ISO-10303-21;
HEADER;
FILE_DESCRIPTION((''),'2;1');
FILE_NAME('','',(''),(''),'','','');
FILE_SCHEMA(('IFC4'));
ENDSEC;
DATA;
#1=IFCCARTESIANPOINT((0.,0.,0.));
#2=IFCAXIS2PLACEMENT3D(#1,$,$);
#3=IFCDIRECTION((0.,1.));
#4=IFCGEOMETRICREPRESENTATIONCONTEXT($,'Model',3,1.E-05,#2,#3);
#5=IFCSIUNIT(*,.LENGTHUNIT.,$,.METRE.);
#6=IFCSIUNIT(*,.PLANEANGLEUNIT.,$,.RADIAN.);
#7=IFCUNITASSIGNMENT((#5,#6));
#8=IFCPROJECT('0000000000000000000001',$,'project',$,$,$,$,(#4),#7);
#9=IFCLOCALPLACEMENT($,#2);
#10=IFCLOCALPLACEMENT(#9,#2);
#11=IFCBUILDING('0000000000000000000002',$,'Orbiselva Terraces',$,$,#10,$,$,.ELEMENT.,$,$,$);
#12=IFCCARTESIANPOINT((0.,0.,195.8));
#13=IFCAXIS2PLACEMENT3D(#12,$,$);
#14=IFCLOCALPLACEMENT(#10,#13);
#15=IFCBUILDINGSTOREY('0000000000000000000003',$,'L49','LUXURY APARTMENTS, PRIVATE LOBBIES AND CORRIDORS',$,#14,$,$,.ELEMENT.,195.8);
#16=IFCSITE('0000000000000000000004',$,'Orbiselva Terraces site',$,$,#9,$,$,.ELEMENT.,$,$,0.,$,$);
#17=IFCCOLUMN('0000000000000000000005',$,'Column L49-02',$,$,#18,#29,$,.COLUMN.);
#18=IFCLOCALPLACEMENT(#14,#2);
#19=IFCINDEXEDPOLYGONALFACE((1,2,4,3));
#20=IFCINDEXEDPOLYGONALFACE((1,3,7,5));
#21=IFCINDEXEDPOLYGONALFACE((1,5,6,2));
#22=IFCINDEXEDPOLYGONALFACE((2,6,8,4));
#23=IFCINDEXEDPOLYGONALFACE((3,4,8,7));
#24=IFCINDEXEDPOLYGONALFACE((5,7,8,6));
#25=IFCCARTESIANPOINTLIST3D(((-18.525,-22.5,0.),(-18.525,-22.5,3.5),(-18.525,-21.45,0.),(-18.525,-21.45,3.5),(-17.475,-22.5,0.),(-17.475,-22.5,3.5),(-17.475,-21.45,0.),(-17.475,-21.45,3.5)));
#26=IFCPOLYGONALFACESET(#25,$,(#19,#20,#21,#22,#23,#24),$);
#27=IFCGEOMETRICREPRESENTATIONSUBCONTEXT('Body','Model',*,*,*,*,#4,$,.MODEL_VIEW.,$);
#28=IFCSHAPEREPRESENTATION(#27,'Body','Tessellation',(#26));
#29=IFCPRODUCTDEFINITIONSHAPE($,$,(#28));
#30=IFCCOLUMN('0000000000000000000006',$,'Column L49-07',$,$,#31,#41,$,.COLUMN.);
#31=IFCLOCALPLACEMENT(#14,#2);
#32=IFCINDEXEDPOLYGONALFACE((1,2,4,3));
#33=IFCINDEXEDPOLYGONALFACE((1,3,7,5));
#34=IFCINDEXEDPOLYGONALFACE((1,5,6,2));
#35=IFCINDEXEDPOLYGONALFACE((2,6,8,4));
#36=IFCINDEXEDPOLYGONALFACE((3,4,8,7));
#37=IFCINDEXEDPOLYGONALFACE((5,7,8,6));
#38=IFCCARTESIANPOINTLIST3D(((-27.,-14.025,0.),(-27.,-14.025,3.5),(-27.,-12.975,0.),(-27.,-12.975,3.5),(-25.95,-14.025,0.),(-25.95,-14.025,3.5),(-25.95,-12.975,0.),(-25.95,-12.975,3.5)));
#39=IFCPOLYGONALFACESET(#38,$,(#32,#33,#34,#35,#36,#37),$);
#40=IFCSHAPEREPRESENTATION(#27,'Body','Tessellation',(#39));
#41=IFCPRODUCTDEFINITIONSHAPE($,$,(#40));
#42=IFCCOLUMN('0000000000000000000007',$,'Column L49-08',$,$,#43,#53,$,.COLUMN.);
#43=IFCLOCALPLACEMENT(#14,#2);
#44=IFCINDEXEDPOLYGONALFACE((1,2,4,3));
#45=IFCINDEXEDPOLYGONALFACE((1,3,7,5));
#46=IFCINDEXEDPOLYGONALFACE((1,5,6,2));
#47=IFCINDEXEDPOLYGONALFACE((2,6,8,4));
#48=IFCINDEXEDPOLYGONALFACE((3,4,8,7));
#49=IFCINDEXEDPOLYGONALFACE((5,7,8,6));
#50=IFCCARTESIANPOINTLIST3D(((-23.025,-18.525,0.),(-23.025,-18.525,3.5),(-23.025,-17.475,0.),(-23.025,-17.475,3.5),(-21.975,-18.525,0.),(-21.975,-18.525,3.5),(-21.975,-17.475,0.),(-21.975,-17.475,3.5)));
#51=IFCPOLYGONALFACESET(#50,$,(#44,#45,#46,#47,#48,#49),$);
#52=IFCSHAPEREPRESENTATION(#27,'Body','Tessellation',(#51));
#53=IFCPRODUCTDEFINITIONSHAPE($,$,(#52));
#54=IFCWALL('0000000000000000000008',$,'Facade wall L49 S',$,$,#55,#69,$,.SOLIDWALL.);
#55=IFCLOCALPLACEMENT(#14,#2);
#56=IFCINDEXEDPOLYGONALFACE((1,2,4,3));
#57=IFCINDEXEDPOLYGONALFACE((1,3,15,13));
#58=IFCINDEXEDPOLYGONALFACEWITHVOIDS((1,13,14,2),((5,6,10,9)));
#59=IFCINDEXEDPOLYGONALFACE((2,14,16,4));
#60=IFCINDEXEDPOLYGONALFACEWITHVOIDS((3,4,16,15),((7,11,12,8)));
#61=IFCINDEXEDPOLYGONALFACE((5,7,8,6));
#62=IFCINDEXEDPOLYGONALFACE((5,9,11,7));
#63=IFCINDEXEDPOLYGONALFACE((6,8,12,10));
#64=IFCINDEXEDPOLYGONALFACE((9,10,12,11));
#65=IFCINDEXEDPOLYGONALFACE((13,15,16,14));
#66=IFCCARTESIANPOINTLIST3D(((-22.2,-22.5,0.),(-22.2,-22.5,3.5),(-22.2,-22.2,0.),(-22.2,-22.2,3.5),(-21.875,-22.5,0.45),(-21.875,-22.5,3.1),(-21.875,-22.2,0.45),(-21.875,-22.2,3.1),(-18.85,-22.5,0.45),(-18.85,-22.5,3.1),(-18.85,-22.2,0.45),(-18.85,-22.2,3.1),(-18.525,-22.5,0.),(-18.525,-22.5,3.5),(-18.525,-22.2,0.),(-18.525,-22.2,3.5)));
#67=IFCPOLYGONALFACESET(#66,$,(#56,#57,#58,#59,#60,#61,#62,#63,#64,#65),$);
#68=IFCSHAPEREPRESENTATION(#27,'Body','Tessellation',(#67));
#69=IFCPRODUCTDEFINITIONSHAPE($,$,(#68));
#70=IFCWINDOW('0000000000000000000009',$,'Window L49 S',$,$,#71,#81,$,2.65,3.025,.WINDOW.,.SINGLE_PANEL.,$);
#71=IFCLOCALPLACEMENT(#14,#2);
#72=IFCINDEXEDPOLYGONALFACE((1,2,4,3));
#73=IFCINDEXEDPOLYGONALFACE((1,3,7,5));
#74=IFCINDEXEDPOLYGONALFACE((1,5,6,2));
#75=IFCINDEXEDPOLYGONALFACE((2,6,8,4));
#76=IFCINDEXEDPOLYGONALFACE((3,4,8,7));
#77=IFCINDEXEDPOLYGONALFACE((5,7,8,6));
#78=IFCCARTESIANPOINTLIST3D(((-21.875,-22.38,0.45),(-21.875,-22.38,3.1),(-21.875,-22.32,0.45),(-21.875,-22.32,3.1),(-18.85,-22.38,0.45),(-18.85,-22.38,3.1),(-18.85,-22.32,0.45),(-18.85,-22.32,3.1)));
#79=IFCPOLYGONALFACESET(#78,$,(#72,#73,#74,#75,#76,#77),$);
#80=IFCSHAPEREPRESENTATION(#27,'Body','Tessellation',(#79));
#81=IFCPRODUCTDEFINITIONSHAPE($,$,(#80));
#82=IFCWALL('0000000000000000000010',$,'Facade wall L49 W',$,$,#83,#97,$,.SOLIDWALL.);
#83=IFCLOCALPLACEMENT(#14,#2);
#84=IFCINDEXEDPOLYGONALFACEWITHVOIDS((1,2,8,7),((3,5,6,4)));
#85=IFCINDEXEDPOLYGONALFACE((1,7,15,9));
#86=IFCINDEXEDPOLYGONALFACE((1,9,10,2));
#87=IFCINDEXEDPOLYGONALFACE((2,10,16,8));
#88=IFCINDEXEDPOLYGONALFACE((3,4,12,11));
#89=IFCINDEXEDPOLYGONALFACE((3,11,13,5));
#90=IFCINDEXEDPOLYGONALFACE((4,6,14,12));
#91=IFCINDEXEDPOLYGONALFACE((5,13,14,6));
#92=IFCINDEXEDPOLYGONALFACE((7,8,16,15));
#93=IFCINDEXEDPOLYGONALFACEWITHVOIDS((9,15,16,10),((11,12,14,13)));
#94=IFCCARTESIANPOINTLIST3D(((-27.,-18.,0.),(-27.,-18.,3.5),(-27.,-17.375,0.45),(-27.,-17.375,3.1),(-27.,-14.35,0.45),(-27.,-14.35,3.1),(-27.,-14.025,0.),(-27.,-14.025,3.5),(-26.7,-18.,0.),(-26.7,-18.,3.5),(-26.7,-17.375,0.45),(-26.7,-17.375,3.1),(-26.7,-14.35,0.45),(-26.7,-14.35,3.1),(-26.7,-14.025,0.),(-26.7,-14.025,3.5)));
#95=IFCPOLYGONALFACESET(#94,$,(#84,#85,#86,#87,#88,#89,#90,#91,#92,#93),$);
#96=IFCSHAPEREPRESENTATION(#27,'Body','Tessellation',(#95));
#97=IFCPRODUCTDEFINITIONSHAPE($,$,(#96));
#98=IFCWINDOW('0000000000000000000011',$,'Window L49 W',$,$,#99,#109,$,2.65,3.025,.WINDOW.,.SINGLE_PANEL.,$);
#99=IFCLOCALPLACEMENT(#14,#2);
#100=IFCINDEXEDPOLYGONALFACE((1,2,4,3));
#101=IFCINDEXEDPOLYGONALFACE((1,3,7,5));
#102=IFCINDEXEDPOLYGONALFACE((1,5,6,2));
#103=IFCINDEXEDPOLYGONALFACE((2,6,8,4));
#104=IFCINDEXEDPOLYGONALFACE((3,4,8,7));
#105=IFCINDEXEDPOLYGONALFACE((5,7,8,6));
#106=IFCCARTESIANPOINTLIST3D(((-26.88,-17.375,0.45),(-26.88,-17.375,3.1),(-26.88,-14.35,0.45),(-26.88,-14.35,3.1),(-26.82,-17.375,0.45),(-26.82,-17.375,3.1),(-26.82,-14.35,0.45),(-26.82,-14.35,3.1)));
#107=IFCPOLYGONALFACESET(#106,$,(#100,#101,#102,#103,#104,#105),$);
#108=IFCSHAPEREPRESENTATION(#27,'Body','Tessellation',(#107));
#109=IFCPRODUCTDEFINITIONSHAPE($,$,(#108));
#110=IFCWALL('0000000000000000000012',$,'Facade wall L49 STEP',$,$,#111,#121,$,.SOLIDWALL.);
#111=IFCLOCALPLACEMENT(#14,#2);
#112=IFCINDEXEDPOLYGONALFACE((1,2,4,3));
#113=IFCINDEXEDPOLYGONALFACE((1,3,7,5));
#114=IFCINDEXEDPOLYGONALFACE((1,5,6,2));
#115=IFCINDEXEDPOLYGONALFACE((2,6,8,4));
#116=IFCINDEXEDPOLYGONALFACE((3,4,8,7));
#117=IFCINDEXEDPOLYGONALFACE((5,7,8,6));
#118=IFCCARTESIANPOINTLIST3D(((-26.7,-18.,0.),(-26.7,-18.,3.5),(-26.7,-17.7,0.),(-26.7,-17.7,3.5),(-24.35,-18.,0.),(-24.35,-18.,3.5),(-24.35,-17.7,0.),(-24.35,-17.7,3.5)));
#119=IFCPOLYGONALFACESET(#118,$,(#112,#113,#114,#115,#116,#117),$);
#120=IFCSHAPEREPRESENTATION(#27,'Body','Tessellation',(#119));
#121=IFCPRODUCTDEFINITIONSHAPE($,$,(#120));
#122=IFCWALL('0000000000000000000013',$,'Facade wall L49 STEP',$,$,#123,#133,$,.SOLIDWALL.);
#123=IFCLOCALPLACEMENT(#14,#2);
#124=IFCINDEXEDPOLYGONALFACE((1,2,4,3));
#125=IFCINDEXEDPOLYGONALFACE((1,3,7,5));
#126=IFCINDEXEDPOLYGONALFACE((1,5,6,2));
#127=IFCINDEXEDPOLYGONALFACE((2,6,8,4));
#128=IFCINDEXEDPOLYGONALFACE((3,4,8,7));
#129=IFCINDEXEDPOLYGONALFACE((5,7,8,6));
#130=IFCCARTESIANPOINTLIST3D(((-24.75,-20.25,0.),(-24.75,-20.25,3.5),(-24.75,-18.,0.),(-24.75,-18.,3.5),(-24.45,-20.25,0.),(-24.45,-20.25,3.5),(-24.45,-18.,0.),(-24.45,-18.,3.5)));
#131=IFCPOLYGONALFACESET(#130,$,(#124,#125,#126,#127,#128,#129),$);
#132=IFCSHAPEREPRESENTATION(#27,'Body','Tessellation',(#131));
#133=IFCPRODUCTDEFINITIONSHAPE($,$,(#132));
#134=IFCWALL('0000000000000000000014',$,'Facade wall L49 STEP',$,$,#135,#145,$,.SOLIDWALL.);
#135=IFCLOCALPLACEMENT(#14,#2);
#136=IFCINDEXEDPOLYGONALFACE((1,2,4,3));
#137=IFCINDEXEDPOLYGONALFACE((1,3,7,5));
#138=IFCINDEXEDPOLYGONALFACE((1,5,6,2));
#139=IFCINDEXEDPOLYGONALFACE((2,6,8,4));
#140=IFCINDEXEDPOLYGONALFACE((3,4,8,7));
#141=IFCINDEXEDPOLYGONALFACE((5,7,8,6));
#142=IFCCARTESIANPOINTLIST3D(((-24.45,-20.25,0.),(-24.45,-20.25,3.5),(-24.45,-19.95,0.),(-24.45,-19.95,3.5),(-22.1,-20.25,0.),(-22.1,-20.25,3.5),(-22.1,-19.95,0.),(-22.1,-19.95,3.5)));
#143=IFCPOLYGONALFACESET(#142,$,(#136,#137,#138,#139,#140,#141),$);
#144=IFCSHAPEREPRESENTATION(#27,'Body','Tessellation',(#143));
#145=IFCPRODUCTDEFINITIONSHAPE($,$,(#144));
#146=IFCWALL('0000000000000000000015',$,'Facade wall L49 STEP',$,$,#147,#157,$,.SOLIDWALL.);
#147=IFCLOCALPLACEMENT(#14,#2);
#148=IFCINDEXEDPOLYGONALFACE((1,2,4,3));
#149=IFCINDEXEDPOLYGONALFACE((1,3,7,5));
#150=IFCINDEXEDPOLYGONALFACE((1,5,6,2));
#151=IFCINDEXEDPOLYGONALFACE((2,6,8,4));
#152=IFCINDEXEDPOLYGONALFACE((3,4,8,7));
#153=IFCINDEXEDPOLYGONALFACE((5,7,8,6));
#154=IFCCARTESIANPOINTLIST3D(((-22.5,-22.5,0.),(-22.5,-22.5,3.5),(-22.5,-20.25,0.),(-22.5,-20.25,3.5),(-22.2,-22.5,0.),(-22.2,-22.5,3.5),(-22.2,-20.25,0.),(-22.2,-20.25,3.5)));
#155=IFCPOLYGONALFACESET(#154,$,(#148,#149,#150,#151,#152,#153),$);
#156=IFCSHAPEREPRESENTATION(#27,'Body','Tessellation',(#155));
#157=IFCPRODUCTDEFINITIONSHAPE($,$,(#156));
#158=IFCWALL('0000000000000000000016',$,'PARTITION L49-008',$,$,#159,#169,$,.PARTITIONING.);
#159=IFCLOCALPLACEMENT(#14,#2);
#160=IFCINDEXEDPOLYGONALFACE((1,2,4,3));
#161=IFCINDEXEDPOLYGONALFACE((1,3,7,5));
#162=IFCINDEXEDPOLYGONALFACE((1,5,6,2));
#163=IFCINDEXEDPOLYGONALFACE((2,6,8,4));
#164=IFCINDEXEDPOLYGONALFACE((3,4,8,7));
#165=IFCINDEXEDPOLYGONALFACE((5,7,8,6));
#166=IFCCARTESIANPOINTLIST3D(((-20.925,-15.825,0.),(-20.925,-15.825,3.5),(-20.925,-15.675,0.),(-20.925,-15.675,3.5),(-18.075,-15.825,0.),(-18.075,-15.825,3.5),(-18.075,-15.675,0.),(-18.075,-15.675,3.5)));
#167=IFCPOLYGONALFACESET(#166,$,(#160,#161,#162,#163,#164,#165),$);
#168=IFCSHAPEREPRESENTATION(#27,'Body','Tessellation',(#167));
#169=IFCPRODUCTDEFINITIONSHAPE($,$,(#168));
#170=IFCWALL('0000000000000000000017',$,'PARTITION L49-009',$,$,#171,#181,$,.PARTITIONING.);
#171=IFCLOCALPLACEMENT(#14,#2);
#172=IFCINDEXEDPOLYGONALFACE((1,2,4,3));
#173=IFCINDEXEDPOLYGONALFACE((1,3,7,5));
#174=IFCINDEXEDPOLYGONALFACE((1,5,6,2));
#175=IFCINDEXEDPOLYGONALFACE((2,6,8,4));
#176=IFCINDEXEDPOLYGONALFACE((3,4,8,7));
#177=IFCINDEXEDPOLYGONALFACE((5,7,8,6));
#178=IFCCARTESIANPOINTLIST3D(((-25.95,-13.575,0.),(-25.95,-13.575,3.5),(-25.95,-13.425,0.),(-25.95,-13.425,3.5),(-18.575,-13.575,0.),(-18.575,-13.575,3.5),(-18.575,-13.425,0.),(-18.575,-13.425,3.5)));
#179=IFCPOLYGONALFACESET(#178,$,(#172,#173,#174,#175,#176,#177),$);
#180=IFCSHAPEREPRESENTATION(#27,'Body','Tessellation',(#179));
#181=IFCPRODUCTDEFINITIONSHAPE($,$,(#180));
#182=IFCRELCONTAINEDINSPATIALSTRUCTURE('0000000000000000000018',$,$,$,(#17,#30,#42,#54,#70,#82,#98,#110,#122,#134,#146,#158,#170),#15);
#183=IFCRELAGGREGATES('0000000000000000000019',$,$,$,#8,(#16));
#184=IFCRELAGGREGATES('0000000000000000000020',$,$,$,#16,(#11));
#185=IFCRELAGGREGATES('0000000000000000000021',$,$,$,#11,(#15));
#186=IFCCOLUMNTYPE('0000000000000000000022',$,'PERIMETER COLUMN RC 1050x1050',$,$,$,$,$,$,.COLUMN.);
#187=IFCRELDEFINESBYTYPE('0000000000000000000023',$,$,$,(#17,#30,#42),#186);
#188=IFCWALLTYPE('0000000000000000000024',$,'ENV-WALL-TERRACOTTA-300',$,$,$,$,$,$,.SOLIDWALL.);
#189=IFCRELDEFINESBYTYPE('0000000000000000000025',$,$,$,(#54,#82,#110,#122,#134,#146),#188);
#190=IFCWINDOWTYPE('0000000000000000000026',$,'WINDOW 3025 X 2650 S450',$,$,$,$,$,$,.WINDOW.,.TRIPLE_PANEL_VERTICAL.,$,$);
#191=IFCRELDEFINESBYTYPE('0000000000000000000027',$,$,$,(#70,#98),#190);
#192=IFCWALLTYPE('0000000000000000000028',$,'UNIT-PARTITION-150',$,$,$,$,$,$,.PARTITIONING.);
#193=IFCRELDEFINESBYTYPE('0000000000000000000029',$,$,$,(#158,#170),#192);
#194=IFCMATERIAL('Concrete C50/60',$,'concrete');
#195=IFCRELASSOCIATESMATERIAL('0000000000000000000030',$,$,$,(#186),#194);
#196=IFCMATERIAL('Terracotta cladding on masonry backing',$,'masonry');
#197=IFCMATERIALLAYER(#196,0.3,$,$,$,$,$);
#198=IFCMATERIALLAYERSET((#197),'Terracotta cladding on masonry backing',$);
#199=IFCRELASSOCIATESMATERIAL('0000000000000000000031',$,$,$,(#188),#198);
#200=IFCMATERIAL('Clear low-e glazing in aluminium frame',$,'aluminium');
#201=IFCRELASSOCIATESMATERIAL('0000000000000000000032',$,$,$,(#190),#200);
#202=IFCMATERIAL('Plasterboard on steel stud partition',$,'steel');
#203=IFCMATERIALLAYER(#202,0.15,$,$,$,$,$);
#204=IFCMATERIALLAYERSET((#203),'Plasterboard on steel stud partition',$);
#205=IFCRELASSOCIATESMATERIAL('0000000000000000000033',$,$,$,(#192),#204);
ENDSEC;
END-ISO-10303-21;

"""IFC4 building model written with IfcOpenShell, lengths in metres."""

from ifc_helpers import new_model, si_unit, direction, frame, frame_2d, origin, origin_2d, place, context, subcontext, project, spatial, rectangle, extrude, material, layer, layer_set, material_profile, profile_set, type_object, element, fill, save


model = new_model("IFC4")

# Units and contexts
model_context = context("Model", 3, precision=1e-05, world=origin(), true_north=direction((0.0, 1.0)))
body_context = subcontext(model_context, "Body", "Model", "MODEL_VIEW")
ifc_project = project(units=[si_unit("LENGTHUNIT", "METRE"), si_unit("PLANEANGLEUNIT", "RADIAN")], contexts=[model_context])

# Site, building, storey
site_placement = place(None, origin())
site = spatial("IfcSite", under=ifc_project, at=site_placement, Name="Orbiselva Terraces site", CompositionType="ELEMENT", RefElevation=0.0)
building_placement = place(site_placement, origin())
building = spatial("IfcBuilding", under=site, at=building_placement, Name="Orbiselva Terraces", CompositionType="ELEMENT")
storey_placement = place(building_placement, frame((0.0, 0.0, 195.8)))
storey = spatial("IfcBuildingStorey", under=building, at=storey_placement, Name="L49", Description="LUXURY APARTMENTS, PRIVATE LOBBIES AND CORRIDORS", CompositionType="ELEMENT", Elevation=195.8)

# Columns
ifc_material_1 = material(Name="Concrete C50/60", Category="concrete")
ifc_material_profile = material_profile(ifc_material_1, rectangle(XDim=1.05, YDim=1.05, at=origin_2d()), Name="RC 1050x1050")
ifc_profile_set = profile_set([ifc_material_profile], Name="Concrete C50/60")
column_type = type_object("IfcColumnType", Name="PERIMETER COLUMN RC 1050x1050", PredefinedType="COLUMN", material=ifc_profile_set)
for number, where, z_axis, x_axis, name in (
    (1, (-18.0, -21.975, 0.0), (0.0, 0.0, 1.0), (1.0, 0.0, 0.0), "Column L49-02"),
    (2, (-26.475, -13.5, 0.0), (0.0, 0.0, 1.0), (1.0, 0.0, 0.0), "Column L49-07"),
    (3, (-22.5, -18.0, 0.0), (0.0, 0.0, 1.0), (1.0, 0.0, 0.0), "Column L49-08"),
):
    element("IfcColumn", number, at=place(storey_placement, frame(where, z_axis=z_axis, x_axis=x_axis)), inside=storey, type_object=column_type, Name=name, PredefinedType="COLUMN", context=body_context, shape_type="SweptSolid", body=[
        extrude(rectangle(XDim=1.05, YDim=1.05, at=origin_2d()), origin(), (0.0, 0.0, 1.0), 3.5),
    ])

# Walls, openings, windows
ifc_material_2 = material(Name="Terracotta cladding on masonry backing", Category="masonry")
ifc_layer_1 = layer(ifc_material_2, 0.3)
ifc_layer_set_1 = layer_set([ifc_layer_1], Name="Terracotta cladding on masonry backing")
wall_type_1 = type_object("IfcWallType", Name="ENV-WALL-TERRACOTTA-300", PredefinedType="SOLIDWALL", material=ifc_layer_set_1)
wall_1_placement = place(storey_placement, frame((-18.525, -22.35, 0.0), z_axis=(0.0, 0.0, 1.0), x_axis=(-1.0, 0.0, 0.0)))
wall_1 = element("IfcWall", 4, at=wall_1_placement, inside=storey, type_object=wall_type_1, Name="Facade wall L49 S", PredefinedType="SOLIDWALL", context=body_context, shape_type="SweptSolid", body=[
    extrude(rectangle(XDim=3.675, YDim=0.3, at=frame_2d((1.8375, 0.0))), origin(), (0.0, 0.0, 1.0), 3.5),
])
opening_1_placement = place(wall_1_placement, frame((0.325, 0.0, 0.45)))
opening_1 = element("IfcOpeningElement", 5, at=opening_1_placement, cuts=wall_1, PredefinedType="OPENING", context=body_context, shape_type="SweptSolid", body=[
    extrude(rectangle(XDim=3.025, YDim=2.65, at=frame_2d((1.5125, 1.325))), frame((0.0, 0.16, 0.0), z_axis=(0.0, -1.0, 0.0), x_axis=(1.0, 0.0, 0.0)), (0.0, 0.0, 1.0), 0.32),
])
ifc_material_3 = material(Name="Clear low-e glazing in aluminium frame", Category="aluminium")
window_type = type_object("IfcWindowType", Name="WINDOW 3025 X 2650 S450", PartitioningType="TRIPLE_PANEL_VERTICAL", PredefinedType="WINDOW", material=ifc_material_3)
window_1_placement = place(opening_1_placement, origin())
window_1 = element("IfcWindow", 6, at=window_1_placement, inside=storey, type_object=window_type, Name="Window L49 S", OverallHeight=2.65, OverallWidth=3.025, PartitioningType="SINGLE_PANEL", PredefinedType="WINDOW", context=body_context, shape_type="SweptSolid", body=[
    extrude(rectangle(XDim=3.025, YDim=2.65, at=frame_2d((1.5125, 1.325))), frame((0.0, 0.03, 0.0), z_axis=(0.0, -1.0, 0.0), x_axis=(1.0, 0.0, 0.0)), (0.0, 0.0, 1.0), 0.06),
])
fill(opening_1, window_1)
wall_2_placement = place(storey_placement, frame((-26.85, -18.0, 0.0), z_axis=(0.0, 0.0, 1.0), x_axis=(0.0, 1.0, 0.0)))
wall_2 = element("IfcWall", 7, at=wall_2_placement, inside=storey, type_object=wall_type_1, Name="Facade wall L49 W", PredefinedType="SOLIDWALL", context=body_context, shape_type="SweptSolid", body=[
    extrude(rectangle(XDim=3.975, YDim=0.3, at=frame_2d((1.9875, 0.0))), origin(), (0.0, 0.0, 1.0), 3.5),
])
opening_2_placement = place(wall_2_placement, frame((0.625, 0.0, 0.45)))
opening_2 = element("IfcOpeningElement", 8, at=opening_2_placement, cuts=wall_2, PredefinedType="OPENING", context=body_context, shape_type="SweptSolid", body=[
    extrude(rectangle(XDim=3.025, YDim=2.65, at=frame_2d((1.5125, 1.325))), frame((0.0, 0.16, 0.0), z_axis=(0.0, -1.0, 0.0), x_axis=(1.0, 0.0, 0.0)), (0.0, 0.0, 1.0), 0.32),
])
window_2_placement = place(opening_2_placement, origin())
window_2 = element("IfcWindow", 9, at=window_2_placement, inside=storey, type_object=window_type, Name="Window L49 W", OverallHeight=2.65, OverallWidth=3.025, PartitioningType="SINGLE_PANEL", PredefinedType="WINDOW", context=body_context, shape_type="SweptSolid", body=[
    extrude(rectangle(XDim=3.025, YDim=2.65, at=frame_2d((1.5125, 1.325))), frame((0.0, 0.03, 0.0), z_axis=(0.0, -1.0, 0.0), x_axis=(1.0, 0.0, 0.0)), (0.0, 0.0, 1.0), 0.06),
])
fill(opening_2, window_2)

# Walls
wall_3_placement = place(storey_placement, frame((-24.35, -17.85, 0.0), z_axis=(0.0, 0.0, 1.0), x_axis=(-1.0, 0.0, 0.0)))
element("IfcWall", 10, at=wall_3_placement, inside=storey, type_object=wall_type_1, Name="Facade wall L49 STEP", PredefinedType="SOLIDWALL", context=body_context, shape_type="SweptSolid", body=[
    extrude(rectangle(XDim=2.35, YDim=0.3, at=frame_2d((1.175, 0.0))), origin(), (0.0, 0.0, 1.0), 3.5),
])
wall_4_placement = place(storey_placement, frame((-24.6, -20.25, 0.0), z_axis=(0.0, 0.0, 1.0), x_axis=(0.0, 1.0, 0.0)))
element("IfcWall", 11, at=wall_4_placement, inside=storey, type_object=wall_type_1, Name="Facade wall L49 STEP", PredefinedType="SOLIDWALL", context=body_context, shape_type="SweptSolid", body=[
    extrude(rectangle(XDim=2.25, YDim=0.3, at=frame_2d((1.125, 0.0))), origin(), (0.0, 0.0, 1.0), 3.5),
])
wall_5_placement = place(storey_placement, frame((-22.1, -20.1, 0.0), z_axis=(0.0, 0.0, 1.0), x_axis=(-1.0, 0.0, 0.0)))
element("IfcWall", 12, at=wall_5_placement, inside=storey, type_object=wall_type_1, Name="Facade wall L49 STEP", PredefinedType="SOLIDWALL", context=body_context, shape_type="SweptSolid", body=[
    extrude(rectangle(XDim=2.35, YDim=0.3, at=frame_2d((1.175, 0.0))), origin(), (0.0, 0.0, 1.0), 3.5),
])
wall_6_placement = place(storey_placement, frame((-22.35, -22.5, 0.0), z_axis=(0.0, 0.0, 1.0), x_axis=(0.0, 1.0, 0.0)))
element("IfcWall", 13, at=wall_6_placement, inside=storey, type_object=wall_type_1, Name="Facade wall L49 STEP", PredefinedType="SOLIDWALL", context=body_context, shape_type="SweptSolid", body=[
    extrude(rectangle(XDim=2.25, YDim=0.3, at=frame_2d((1.125, 0.0))), origin(), (0.0, 0.0, 1.0), 3.5),
])
ifc_material_4 = material(Name="Plasterboard on steel stud partition", Category="steel")
ifc_layer_2 = layer(ifc_material_4, 0.15)
ifc_layer_set_2 = layer_set([ifc_layer_2], Name="Plasterboard on steel stud partition")
wall_type_2 = type_object("IfcWallType", Name="UNIT-PARTITION-150", PredefinedType="PARTITIONING", material=ifc_layer_set_2)
wall_7_placement = place(storey_placement, frame((-20.925, -15.75, 0.0), z_axis=(0.0, 0.0, 1.0), x_axis=(1.0, 0.0, 0.0)))
element("IfcWall", 14, at=wall_7_placement, inside=storey, type_object=wall_type_2, Name="PARTITION L49-008", PredefinedType="PARTITIONING", context=body_context, shape_type="SweptSolid", body=[
    extrude(rectangle(XDim=2.85, YDim=0.15, at=frame_2d((1.425, 0.0))), origin(), (0.0, 0.0, 1.0), 3.5),
])
wall_8_placement = place(storey_placement, frame((-25.95, -13.5, 0.0), z_axis=(0.0, 0.0, 1.0), x_axis=(1.0, 0.0, 0.0)))
element("IfcWall", 15, at=wall_8_placement, inside=storey, type_object=wall_type_2, Name="PARTITION L49-009", PredefinedType="PARTITIONING", context=body_context, shape_type="SweptSolid", body=[
    extrude(rectangle(XDim=7.375, YDim=0.15, at=frame_2d((3.6875, 0.0))), origin(), (0.0, 0.0, 1.0), 3.5),
])

save(model, "model.ifc")
